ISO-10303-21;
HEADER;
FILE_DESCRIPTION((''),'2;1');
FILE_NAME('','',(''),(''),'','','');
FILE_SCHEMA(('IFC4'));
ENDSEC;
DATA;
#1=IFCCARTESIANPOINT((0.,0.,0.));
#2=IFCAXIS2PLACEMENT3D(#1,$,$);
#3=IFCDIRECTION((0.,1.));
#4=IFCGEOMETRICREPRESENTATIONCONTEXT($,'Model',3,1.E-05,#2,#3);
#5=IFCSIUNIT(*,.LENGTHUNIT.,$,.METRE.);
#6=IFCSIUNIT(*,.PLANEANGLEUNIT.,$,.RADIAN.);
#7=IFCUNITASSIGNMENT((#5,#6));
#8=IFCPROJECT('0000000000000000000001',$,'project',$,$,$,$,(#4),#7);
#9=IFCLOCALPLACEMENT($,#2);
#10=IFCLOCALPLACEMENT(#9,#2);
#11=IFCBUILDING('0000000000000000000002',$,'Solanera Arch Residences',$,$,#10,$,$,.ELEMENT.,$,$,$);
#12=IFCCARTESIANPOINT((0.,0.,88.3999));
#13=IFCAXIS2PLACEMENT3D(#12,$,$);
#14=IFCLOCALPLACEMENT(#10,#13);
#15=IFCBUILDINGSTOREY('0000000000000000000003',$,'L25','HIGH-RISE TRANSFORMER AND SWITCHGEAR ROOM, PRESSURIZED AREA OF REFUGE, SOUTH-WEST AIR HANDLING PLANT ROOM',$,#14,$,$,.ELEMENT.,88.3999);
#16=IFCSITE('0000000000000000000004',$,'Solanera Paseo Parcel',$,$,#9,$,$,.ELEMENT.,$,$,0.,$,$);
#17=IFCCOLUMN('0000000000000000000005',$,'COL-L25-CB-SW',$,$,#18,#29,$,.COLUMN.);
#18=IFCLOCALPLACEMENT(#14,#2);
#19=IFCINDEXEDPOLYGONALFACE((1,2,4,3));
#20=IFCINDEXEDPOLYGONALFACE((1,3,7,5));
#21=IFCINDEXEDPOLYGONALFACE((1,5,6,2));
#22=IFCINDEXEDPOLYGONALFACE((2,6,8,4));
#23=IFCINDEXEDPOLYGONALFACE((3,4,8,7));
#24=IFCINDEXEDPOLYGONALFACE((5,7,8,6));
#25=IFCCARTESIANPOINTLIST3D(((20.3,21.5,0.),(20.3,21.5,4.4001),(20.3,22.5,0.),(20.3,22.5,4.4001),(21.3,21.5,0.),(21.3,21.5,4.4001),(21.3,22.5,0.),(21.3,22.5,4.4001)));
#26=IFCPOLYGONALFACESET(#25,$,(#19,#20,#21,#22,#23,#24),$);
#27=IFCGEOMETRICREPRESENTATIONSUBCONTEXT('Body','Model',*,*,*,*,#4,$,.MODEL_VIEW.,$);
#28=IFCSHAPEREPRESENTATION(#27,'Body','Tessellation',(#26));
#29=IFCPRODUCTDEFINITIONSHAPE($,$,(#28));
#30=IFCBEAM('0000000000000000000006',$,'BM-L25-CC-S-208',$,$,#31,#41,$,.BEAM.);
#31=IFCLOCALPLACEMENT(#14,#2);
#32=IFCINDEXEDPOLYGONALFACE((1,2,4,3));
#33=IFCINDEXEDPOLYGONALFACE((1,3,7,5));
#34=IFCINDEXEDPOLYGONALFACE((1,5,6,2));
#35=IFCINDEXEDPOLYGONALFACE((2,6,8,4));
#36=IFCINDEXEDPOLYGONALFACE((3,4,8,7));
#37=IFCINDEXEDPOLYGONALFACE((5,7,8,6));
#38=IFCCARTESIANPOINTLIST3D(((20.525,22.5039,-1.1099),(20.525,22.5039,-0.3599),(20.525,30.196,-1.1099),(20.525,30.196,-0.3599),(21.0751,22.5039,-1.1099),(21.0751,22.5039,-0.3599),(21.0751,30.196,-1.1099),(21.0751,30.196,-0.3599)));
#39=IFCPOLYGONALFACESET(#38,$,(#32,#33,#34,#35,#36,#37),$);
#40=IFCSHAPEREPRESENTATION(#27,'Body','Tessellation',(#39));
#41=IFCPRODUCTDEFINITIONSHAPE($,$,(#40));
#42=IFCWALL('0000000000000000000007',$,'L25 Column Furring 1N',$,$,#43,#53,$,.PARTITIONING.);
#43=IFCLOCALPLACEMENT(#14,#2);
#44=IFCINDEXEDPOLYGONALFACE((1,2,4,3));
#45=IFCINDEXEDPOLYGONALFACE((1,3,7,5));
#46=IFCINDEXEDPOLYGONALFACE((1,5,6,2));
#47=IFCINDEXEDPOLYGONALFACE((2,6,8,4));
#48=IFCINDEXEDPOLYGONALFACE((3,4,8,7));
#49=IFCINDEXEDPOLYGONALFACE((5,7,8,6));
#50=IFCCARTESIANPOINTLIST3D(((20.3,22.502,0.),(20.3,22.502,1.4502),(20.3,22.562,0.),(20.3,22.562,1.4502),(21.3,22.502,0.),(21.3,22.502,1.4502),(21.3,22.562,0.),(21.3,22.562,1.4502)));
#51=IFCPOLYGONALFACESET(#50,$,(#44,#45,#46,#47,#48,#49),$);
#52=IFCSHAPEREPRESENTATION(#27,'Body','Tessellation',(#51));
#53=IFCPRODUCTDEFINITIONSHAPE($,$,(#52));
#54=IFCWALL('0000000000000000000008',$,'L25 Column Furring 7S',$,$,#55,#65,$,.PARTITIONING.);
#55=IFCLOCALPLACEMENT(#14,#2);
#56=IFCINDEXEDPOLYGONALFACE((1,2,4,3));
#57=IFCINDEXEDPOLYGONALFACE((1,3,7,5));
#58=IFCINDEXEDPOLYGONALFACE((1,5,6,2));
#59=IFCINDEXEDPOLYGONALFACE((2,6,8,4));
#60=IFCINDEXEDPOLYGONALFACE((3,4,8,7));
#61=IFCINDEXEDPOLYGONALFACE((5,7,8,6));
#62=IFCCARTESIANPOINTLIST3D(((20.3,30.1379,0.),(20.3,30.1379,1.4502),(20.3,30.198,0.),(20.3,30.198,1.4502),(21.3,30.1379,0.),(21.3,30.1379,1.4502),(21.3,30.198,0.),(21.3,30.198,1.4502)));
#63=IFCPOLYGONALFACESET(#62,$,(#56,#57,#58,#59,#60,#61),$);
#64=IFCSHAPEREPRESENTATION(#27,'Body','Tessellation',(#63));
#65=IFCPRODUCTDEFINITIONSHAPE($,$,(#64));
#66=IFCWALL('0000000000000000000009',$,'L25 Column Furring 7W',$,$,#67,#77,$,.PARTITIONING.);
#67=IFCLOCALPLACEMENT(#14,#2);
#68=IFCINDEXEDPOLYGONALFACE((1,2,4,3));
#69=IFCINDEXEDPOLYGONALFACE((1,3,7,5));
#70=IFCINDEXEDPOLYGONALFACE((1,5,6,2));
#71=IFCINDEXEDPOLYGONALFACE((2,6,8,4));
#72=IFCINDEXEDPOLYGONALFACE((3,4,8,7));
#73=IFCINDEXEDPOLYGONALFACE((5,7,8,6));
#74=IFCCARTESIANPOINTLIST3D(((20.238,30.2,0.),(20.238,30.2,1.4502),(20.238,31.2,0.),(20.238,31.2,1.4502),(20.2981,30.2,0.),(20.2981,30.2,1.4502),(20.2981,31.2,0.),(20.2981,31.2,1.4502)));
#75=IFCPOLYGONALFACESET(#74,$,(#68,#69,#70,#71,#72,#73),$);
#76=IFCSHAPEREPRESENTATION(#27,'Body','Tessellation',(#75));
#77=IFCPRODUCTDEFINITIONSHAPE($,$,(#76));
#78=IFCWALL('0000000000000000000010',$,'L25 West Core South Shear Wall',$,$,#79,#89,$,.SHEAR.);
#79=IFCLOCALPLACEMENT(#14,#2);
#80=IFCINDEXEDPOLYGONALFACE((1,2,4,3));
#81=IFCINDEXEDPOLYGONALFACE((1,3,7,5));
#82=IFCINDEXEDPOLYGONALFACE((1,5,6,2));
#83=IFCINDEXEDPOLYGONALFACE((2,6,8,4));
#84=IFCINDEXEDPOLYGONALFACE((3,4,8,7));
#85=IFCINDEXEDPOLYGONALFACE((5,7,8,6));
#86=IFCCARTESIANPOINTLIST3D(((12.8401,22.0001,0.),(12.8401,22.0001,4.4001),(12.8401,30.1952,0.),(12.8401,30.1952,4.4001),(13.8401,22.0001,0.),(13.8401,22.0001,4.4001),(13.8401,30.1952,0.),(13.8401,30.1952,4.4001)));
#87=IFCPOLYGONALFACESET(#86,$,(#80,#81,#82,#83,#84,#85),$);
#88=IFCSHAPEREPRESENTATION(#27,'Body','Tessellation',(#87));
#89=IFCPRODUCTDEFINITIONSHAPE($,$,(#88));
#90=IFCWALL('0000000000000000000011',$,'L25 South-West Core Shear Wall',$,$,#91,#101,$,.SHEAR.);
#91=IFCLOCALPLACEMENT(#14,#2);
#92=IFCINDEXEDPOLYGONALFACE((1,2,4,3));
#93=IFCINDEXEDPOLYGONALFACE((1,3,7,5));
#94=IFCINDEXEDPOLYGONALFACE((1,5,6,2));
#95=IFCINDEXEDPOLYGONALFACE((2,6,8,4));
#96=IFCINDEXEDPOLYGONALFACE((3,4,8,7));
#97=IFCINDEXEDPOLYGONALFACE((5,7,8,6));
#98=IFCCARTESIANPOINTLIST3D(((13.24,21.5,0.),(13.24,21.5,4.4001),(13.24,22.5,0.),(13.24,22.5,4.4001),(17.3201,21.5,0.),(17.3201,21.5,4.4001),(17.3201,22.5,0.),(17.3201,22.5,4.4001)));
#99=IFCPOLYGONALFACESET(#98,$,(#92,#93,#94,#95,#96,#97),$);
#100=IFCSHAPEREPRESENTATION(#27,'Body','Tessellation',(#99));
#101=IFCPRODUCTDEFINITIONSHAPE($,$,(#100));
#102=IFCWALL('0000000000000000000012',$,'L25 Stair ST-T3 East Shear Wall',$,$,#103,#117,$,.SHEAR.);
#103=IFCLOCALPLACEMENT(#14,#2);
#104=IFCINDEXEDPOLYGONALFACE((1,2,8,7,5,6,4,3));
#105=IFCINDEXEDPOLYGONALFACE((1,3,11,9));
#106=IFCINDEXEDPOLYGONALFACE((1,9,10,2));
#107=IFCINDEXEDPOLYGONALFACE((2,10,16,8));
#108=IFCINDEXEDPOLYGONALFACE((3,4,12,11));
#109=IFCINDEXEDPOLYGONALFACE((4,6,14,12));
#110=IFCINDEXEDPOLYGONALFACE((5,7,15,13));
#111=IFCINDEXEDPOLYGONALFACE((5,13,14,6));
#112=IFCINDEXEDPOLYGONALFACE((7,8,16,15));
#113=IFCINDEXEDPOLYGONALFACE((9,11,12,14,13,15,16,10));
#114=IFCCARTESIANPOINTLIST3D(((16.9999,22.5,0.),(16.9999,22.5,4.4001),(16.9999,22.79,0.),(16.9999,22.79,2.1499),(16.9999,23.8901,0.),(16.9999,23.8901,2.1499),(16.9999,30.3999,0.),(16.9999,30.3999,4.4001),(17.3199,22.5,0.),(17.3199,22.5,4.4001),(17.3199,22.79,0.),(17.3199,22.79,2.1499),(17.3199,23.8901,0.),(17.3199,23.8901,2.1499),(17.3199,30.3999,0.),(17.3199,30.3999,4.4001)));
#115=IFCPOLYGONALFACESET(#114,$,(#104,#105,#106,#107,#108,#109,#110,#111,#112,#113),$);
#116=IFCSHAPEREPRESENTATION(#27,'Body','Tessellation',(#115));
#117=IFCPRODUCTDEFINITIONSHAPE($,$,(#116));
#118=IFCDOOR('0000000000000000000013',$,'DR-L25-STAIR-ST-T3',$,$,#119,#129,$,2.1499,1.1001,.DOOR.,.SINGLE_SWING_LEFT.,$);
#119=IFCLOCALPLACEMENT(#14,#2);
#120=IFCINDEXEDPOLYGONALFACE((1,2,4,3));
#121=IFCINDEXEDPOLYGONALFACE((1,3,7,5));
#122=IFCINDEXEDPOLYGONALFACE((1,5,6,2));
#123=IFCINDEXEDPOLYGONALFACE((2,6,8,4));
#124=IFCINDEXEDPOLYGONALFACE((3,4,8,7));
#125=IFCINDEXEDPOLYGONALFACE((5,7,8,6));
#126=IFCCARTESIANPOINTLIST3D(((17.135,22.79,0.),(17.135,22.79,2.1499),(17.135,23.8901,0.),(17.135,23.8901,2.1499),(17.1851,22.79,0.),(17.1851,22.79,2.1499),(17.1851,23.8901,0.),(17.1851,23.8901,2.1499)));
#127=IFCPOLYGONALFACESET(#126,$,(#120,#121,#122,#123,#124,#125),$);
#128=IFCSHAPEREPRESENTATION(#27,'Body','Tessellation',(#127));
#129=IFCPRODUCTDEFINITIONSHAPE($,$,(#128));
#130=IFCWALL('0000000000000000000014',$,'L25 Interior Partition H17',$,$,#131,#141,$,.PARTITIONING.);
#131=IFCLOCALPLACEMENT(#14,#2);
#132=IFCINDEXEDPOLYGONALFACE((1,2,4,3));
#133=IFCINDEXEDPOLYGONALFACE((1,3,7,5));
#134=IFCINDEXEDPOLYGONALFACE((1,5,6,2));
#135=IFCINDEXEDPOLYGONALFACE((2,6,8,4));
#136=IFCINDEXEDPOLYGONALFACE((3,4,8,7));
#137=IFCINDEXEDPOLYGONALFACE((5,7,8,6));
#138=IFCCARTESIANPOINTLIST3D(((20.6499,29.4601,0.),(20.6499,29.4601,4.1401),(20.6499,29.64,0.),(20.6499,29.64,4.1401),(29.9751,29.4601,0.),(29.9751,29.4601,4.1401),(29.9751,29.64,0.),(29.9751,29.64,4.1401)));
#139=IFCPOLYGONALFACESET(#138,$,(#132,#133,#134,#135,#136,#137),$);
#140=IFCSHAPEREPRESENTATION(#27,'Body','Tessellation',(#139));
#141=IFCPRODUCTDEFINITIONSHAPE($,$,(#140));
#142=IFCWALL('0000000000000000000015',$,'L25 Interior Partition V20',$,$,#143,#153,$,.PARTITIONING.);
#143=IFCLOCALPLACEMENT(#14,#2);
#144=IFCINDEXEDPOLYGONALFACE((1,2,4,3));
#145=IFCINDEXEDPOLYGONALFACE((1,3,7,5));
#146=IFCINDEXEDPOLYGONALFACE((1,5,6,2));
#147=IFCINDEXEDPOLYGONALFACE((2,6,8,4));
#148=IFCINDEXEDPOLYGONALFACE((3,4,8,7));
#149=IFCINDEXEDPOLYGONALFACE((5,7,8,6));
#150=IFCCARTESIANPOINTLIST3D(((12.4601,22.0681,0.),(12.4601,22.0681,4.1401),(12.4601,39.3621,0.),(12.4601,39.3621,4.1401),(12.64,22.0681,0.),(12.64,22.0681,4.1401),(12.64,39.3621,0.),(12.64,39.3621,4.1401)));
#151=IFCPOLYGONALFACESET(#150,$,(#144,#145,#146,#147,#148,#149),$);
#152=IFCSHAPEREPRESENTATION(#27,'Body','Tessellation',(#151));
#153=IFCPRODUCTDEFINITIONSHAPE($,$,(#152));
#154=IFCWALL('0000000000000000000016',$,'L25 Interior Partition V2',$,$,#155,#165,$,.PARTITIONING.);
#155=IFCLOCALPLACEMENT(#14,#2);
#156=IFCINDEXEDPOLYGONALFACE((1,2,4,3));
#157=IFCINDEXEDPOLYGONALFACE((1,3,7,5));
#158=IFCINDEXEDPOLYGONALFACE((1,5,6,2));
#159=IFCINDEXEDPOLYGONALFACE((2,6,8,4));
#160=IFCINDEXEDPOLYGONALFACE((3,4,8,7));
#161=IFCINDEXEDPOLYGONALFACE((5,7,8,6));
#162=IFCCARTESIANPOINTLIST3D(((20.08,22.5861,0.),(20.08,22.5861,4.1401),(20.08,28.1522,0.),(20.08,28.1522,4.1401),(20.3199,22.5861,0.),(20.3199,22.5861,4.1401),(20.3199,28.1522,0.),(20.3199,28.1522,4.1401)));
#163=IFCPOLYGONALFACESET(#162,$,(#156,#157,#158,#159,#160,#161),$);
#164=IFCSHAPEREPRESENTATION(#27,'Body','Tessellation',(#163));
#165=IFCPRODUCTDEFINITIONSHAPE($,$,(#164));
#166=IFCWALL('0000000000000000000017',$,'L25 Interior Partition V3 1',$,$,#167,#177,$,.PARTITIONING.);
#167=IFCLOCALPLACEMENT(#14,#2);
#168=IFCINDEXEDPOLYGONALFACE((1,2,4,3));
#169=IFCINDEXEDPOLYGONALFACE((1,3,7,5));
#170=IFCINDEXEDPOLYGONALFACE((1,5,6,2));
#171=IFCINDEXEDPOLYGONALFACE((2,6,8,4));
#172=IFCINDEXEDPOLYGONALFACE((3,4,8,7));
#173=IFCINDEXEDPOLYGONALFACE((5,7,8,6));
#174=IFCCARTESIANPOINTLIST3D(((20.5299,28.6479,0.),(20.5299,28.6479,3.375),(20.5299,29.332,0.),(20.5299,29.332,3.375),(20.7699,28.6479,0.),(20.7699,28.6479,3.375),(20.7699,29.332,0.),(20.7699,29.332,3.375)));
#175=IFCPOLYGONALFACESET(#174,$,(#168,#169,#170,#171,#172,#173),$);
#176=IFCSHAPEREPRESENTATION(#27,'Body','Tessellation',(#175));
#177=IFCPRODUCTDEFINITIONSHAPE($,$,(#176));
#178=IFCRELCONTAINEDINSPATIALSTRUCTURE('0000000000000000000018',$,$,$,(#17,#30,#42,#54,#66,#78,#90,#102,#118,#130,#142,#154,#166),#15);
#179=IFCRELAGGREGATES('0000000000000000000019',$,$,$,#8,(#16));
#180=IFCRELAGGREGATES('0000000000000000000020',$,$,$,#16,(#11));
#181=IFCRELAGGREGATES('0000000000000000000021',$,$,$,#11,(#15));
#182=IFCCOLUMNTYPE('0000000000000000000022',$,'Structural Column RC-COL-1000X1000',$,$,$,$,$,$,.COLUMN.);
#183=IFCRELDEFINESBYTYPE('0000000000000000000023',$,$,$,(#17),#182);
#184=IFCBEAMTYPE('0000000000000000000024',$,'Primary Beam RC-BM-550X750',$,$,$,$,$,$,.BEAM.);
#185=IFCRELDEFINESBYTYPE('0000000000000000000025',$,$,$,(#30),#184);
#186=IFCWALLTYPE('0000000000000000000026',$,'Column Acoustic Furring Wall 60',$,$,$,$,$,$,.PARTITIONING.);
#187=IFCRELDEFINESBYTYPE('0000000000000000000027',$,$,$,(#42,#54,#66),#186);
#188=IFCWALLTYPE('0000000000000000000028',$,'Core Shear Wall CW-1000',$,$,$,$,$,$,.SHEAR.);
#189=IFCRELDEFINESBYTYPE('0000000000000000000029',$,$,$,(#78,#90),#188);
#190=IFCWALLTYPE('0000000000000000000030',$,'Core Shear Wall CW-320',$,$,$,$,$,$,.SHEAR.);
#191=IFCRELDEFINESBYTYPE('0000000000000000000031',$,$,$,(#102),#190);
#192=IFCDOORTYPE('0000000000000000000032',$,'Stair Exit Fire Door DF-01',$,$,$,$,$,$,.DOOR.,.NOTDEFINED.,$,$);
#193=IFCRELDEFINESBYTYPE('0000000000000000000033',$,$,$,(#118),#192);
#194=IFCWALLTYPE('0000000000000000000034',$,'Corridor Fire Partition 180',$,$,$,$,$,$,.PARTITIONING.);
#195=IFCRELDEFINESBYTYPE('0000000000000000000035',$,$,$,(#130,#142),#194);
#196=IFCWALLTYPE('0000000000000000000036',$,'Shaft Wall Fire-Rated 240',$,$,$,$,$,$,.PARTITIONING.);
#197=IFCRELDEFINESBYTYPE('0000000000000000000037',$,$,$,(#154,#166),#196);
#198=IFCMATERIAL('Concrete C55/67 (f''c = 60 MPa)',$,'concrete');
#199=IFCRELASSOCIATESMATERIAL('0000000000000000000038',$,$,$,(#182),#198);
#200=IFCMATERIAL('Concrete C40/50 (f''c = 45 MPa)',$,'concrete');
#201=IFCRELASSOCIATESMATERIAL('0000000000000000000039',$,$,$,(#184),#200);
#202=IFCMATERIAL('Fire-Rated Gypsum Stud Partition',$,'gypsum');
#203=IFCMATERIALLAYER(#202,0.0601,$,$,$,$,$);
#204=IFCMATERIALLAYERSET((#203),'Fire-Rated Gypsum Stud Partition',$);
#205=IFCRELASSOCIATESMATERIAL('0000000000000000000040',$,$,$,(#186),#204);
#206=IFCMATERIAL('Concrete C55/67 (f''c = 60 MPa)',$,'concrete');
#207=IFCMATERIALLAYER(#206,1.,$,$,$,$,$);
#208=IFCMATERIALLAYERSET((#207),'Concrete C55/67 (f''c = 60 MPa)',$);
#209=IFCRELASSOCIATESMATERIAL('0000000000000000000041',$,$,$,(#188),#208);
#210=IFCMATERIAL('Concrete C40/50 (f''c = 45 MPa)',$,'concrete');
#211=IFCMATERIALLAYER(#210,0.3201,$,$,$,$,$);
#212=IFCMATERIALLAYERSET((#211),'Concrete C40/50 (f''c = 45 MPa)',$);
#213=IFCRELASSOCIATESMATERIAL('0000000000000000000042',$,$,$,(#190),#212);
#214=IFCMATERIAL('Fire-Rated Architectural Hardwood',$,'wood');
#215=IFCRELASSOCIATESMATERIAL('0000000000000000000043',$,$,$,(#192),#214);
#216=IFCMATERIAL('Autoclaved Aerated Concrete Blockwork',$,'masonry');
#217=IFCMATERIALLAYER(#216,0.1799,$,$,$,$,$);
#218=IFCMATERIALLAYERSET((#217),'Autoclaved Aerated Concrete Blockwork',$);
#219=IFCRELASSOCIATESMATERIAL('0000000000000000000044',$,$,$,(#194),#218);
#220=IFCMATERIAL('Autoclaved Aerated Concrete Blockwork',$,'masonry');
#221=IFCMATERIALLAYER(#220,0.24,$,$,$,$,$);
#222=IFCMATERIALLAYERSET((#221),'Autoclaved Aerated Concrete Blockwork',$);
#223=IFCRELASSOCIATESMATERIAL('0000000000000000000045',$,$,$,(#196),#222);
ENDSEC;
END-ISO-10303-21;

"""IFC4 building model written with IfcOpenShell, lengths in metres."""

from ifc_helpers import new_model, si_unit, direction, frame, frame_2d, origin, origin_2d, place, context, subcontext, project, spatial, rectangle, extrude, material, layer, layer_set, material_profile, profile_set, type_object, element, fill, save


model = new_model("IFC4")

# Units and contexts
model_context = context("Model", 3, precision=1e-05, world=origin(), true_north=direction((0.0, 1.0)))
body_context = subcontext(model_context, "Body", "Model", "MODEL_VIEW")
ifc_project = project(units=[si_unit("LENGTHUNIT", "METRE"), si_unit("PLANEANGLEUNIT", "RADIAN")], contexts=[model_context])

# Site, building, storey
site_placement = place(None, origin())
site = spatial("IfcSite", under=ifc_project, at=site_placement, Name="Solanera Paseo Parcel", CompositionType="ELEMENT", RefElevation=0.0)
building_placement = place(site_placement, origin())
building = spatial("IfcBuilding", under=site, at=building_placement, Name="Solanera Arch Residences", CompositionType="ELEMENT")
storey_placement = place(building_placement, frame((0.0, 0.0, 88.3999)))
storey = spatial("IfcBuildingStorey", under=building, at=storey_placement, Name="L25", Description="HIGH-RISE TRANSFORMER AND SWITCHGEAR ROOM, PRESSURIZED AREA OF REFUGE, SOUTH-WEST AIR HANDLING PLANT ROOM", CompositionType="ELEMENT", Elevation=88.3999)

# Column
ifc_material_1 = material(Name="Concrete C55/67 (f'c = 60 MPa)", Category="concrete")
ifc_material_profile_1 = material_profile(ifc_material_1, rectangle(XDim=1.0, YDim=1.0, at=origin_2d()))
ifc_profile_set_1 = profile_set([ifc_material_profile_1], Name="Concrete C55/67 (f'c = 60 MPa)")
column_type = type_object("IfcColumnType", Name="Structural Column RC-COL-1000X1000", PredefinedType="COLUMN", material=ifc_profile_set_1)
column_placement = place(storey_placement, frame((20.8, 22.0, 0.0), z_axis=(0.0, 0.0, 1.0), x_axis=(1.0, 0.0, 0.0)))
element("IfcColumn", 1, at=column_placement, inside=storey, type_object=column_type, Name="COL-L25-CB-SW", PredefinedType="COLUMN", context=body_context, shape_type="SweptSolid", body=[
    extrude(rectangle(XDim=1.0, YDim=1.0, at=origin_2d()), origin(), (0.0, 0.0, 1.0), 4.4001),
])

# Beam
ifc_material_2 = material(Name="Concrete C40/50 (f'c = 45 MPa)", Category="concrete")
ifc_material_profile_2 = material_profile(ifc_material_2, rectangle(XDim=0.55, YDim=0.75, at=origin_2d()))
ifc_profile_set_2 = profile_set([ifc_material_profile_2], Name="Concrete C40/50 (f'c = 45 MPa)")
beam_type = type_object("IfcBeamType", Name="Primary Beam RC-BM-550X750", PredefinedType="BEAM", material=ifc_profile_set_2)
beam_placement = place(storey_placement, frame((20.8, 22.5039, -0.7349), z_axis=(0.0, 1.0, 0.0), x_axis=(-1.0, 0.0, 0.0)))
element("IfcBeam", 2, at=beam_placement, inside=storey, type_object=beam_type, Name="BM-L25-CC-S-208", PredefinedType="BEAM", context=body_context, shape_type="SweptSolid", body=[
    extrude(rectangle(XDim=0.55, YDim=0.75, at=origin_2d()), origin(), (0.0, 0.0, 1.0), 7.6921),
])

# Walls
ifc_material_3 = material(Name="Fire-Rated Gypsum Stud Partition", Category="gypsum")
ifc_layer_1 = layer(ifc_material_3, 0.0601)
ifc_layer_set_1 = layer_set([ifc_layer_1], Name="Fire-Rated Gypsum Stud Partition")
wall_type_1 = type_object("IfcWallType", Name="Column Acoustic Furring Wall 60", PredefinedType="PARTITIONING", material=ifc_layer_set_1)
for number, where, z_axis, x_axis, name in (
    (3, (20.3, 22.532, 0.0), (0.0, 0.0, 1.0), (1.0, 0.0, 0.0), "L25 Column Furring 1N"),
    (4, (20.3, 30.168, 0.0), (0.0, 0.0, 1.0), (1.0, 0.0, 0.0), "L25 Column Furring 7S"),
    (5, (20.2681, 30.2, 0.0), (0.0, 0.0, 1.0), (0.0, 1.0, 0.0), "L25 Column Furring 7W"),
):
    element("IfcWall", number, at=place(storey_placement, frame(where, z_axis=z_axis, x_axis=x_axis)), inside=storey, type_object=wall_type_1, Name=name, PredefinedType="PARTITIONING", context=body_context, shape_type="SweptSolid", body=[
        extrude(rectangle(XDim=1.0, YDim=0.0601, at=frame_2d((0.5, 0.0))), origin(), (0.0, 0.0, 1.0), 1.4502),
    ])
ifc_material_4 = material(Name="Concrete C55/67 (f'c = 60 MPa)", Category="concrete")
ifc_layer_2 = layer(ifc_material_4, 1.0)
ifc_layer_set_2 = layer_set([ifc_layer_2], Name="Concrete C55/67 (f'c = 60 MPa)")
wall_type_2 = type_object("IfcWallType", Name="Core Shear Wall CW-1000", PredefinedType="SHEAR", material=ifc_layer_set_2)
wall_1_placement = place(storey_placement, frame((13.3401, 22.0, 0.0), z_axis=(0.0, 0.0, 1.0), x_axis=(0.0, 1.0, 0.0)))
element("IfcWall", 6, at=wall_1_placement, inside=storey, type_object=wall_type_2, Name="L25 West Core South Shear Wall", PredefinedType="SHEAR", context=body_context, shape_type="SweptSolid", body=[
    extrude(rectangle(XDim=8.1951, YDim=1.0, at=frame_2d((4.0977, 0.0))), origin(), (0.0, 0.0, 1.0), 4.4001),
])
wall_2_placement = place(storey_placement, frame((13.24, 22.0, 0.0), z_axis=(0.0, 0.0, 1.0), x_axis=(1.0, 0.0, 0.0)))
element("IfcWall", 7, at=wall_2_placement, inside=storey, type_object=wall_type_2, Name="L25 South-West Core Shear Wall", PredefinedType="SHEAR", context=body_context, shape_type="SweptSolid", body=[
    extrude(rectangle(XDim=4.0801, YDim=1.0, at=frame_2d((2.04, 0.0))), origin(), (0.0, 0.0, 1.0), 4.4001),
])

# Wall, opening, door
ifc_material_5 = material(Name="Concrete C40/50 (f'c = 45 MPa)", Category="concrete")
ifc_layer_3 = layer(ifc_material_5, 0.3201)
ifc_layer_set_3 = layer_set([ifc_layer_3], Name="Concrete C40/50 (f'c = 45 MPa)")
wall_type_3 = type_object("IfcWallType", Name="Core Shear Wall CW-320", PredefinedType="SHEAR", material=ifc_layer_set_3)
wall_3_placement = place(storey_placement, frame((17.1599, 22.5, 0.0), z_axis=(0.0, 0.0, 1.0), x_axis=(0.0, 1.0, 0.0)))
wall_3 = element("IfcWall", 8, at=wall_3_placement, inside=storey, type_object=wall_type_3, Name="L25 Stair ST-T3 East Shear Wall", PredefinedType="SHEAR", context=body_context, shape_type="SweptSolid", body=[
    extrude(rectangle(XDim=7.8999, YDim=0.3201, at=frame_2d((3.95, 0.0))), origin(), (0.0, 0.0, 1.0), 4.4001),
])
opening_1_placement = place(wall_3_placement, frame((0.29, 0.0, 0.0)))
opening_1 = element("IfcOpeningElement", 9, at=opening_1_placement, cuts=wall_3, PredefinedType="OPENING", context=body_context, shape_type="SweptSolid", body=[
    extrude(rectangle(XDim=1.1001, YDim=2.1499, at=frame_2d((0.55, 1.075))), frame((0.0, 0.1699, 0.0), z_axis=(0.0, -1.0, 0.0), x_axis=(1.0, 0.0, 0.0)), (0.0, 0.0, 1.0), 0.3401),
])
ifc_material_6 = material(Name="Fire-Rated Architectural Hardwood", Category="wood")
door_type_1 = type_object("IfcDoorType", Name="Stair Exit Fire Door DF-01", OperationType="NOTDEFINED", PredefinedType="DOOR", material=ifc_material_6)
door_1_placement = place(opening_1_placement, origin())
door_1 = element("IfcDoor", 10, at=door_1_placement, inside=storey, type_object=door_type_1, Name="DR-L25-STAIR-ST-T3", OperationType="SINGLE_SWING_LEFT", OverallHeight=2.1499, OverallWidth=1.1001, PredefinedType="DOOR", context=body_context, shape_type="SweptSolid", body=[
    extrude(rectangle(XDim=1.1001, YDim=2.1499, at=frame_2d((0.55, 1.075))), frame((0.0, 0.0249, 0.0), z_axis=(0.0, -1.0, 0.0), x_axis=(1.0, 0.0, 0.0)), (0.0, 0.0, 1.0), 0.05),
])
fill(opening_1, door_1)

# Walls
ifc_material_7 = material(Name="Autoclaved Aerated Concrete Blockwork", Category="masonry")
ifc_layer_4 = layer(ifc_material_7, 0.1799)
ifc_layer_set_4 = layer_set([ifc_layer_4], Name="Autoclaved Aerated Concrete Blockwork")
wall_type_4 = type_object("IfcWallType", Name="Corridor Fire Partition 180", PredefinedType="PARTITIONING", material=ifc_layer_set_4)
wall_4_placement = place(storey_placement, frame((20.6499, 29.55, 0.0), z_axis=(0.0, 0.0, 1.0), x_axis=(1.0, 0.0, 0.0)))
element("IfcWall", 11, at=wall_4_placement, inside=storey, type_object=wall_type_4, Name="L25 Interior Partition H17", PredefinedType="PARTITIONING", context=body_context, shape_type="SweptSolid", body=[
    extrude(rectangle(XDim=9.3252, YDim=0.1799, at=frame_2d((4.6626, 0.0))), origin(), (0.0, 0.0, 1.0), 4.1401),
])
wall_5_placement = place(storey_placement, frame((12.55, 22.0681, 0.0), z_axis=(0.0, 0.0, 1.0), x_axis=(0.0, 1.0, 0.0)))
element("IfcWall", 12, at=wall_5_placement, inside=storey, type_object=wall_type_4, Name="L25 Interior Partition V20", PredefinedType="PARTITIONING", context=body_context, shape_type="SweptSolid", body=[
    extrude(rectangle(XDim=17.2939, YDim=0.1799, at=frame_2d((8.647, 0.0))), origin(), (0.0, 0.0, 1.0), 4.1401),
])

# Shared definitions
ifc_material_8 = material(Name="Autoclaved Aerated Concrete Blockwork", Category="masonry")
ifc_layer_5 = layer(ifc_material_8, 0.24)
ifc_layer_set_5 = layer_set([ifc_layer_5], Name="Autoclaved Aerated Concrete Blockwork")
wall_type_5 = type_object("IfcWallType", Name="Shaft Wall Fire-Rated 240", PredefinedType="PARTITIONING", material=ifc_layer_set_5)

# Walls
wall_6_placement = place(storey_placement, frame((20.2, 22.5859, 0.0), z_axis=(0.0, 0.0, 1.0), x_axis=(0.0, 1.0, 0.0)))
element("IfcWall", 13, at=wall_6_placement, inside=storey, type_object=wall_type_5, Name="L25 Interior Partition V2", PredefinedType="PARTITIONING", context=body_context, shape_type="SweptSolid", body=[
    extrude(rectangle(XDim=5.5662, YDim=0.24, at=frame_2d((2.7832, 0.0))), origin(), (0.0, 0.0, 1.0), 4.1401),
])
wall_7_placement = place(storey_placement, frame((20.6499, 28.6479, 0.0), z_axis=(0.0, 0.0, 1.0), x_axis=(0.0, 1.0, 0.0)))
element("IfcWall", 14, at=wall_7_placement, inside=storey, type_object=wall_type_5, Name="L25 Interior Partition V3 1", PredefinedType="PARTITIONING", context=body_context, shape_type="SweptSolid", body=[
    extrude(rectangle(XDim=0.6841, YDim=0.24, at=frame_2d((0.342, 0.0))), origin(), (0.0, 0.0, 1.0), 3.375),
])

save(model, "model.ifc")
